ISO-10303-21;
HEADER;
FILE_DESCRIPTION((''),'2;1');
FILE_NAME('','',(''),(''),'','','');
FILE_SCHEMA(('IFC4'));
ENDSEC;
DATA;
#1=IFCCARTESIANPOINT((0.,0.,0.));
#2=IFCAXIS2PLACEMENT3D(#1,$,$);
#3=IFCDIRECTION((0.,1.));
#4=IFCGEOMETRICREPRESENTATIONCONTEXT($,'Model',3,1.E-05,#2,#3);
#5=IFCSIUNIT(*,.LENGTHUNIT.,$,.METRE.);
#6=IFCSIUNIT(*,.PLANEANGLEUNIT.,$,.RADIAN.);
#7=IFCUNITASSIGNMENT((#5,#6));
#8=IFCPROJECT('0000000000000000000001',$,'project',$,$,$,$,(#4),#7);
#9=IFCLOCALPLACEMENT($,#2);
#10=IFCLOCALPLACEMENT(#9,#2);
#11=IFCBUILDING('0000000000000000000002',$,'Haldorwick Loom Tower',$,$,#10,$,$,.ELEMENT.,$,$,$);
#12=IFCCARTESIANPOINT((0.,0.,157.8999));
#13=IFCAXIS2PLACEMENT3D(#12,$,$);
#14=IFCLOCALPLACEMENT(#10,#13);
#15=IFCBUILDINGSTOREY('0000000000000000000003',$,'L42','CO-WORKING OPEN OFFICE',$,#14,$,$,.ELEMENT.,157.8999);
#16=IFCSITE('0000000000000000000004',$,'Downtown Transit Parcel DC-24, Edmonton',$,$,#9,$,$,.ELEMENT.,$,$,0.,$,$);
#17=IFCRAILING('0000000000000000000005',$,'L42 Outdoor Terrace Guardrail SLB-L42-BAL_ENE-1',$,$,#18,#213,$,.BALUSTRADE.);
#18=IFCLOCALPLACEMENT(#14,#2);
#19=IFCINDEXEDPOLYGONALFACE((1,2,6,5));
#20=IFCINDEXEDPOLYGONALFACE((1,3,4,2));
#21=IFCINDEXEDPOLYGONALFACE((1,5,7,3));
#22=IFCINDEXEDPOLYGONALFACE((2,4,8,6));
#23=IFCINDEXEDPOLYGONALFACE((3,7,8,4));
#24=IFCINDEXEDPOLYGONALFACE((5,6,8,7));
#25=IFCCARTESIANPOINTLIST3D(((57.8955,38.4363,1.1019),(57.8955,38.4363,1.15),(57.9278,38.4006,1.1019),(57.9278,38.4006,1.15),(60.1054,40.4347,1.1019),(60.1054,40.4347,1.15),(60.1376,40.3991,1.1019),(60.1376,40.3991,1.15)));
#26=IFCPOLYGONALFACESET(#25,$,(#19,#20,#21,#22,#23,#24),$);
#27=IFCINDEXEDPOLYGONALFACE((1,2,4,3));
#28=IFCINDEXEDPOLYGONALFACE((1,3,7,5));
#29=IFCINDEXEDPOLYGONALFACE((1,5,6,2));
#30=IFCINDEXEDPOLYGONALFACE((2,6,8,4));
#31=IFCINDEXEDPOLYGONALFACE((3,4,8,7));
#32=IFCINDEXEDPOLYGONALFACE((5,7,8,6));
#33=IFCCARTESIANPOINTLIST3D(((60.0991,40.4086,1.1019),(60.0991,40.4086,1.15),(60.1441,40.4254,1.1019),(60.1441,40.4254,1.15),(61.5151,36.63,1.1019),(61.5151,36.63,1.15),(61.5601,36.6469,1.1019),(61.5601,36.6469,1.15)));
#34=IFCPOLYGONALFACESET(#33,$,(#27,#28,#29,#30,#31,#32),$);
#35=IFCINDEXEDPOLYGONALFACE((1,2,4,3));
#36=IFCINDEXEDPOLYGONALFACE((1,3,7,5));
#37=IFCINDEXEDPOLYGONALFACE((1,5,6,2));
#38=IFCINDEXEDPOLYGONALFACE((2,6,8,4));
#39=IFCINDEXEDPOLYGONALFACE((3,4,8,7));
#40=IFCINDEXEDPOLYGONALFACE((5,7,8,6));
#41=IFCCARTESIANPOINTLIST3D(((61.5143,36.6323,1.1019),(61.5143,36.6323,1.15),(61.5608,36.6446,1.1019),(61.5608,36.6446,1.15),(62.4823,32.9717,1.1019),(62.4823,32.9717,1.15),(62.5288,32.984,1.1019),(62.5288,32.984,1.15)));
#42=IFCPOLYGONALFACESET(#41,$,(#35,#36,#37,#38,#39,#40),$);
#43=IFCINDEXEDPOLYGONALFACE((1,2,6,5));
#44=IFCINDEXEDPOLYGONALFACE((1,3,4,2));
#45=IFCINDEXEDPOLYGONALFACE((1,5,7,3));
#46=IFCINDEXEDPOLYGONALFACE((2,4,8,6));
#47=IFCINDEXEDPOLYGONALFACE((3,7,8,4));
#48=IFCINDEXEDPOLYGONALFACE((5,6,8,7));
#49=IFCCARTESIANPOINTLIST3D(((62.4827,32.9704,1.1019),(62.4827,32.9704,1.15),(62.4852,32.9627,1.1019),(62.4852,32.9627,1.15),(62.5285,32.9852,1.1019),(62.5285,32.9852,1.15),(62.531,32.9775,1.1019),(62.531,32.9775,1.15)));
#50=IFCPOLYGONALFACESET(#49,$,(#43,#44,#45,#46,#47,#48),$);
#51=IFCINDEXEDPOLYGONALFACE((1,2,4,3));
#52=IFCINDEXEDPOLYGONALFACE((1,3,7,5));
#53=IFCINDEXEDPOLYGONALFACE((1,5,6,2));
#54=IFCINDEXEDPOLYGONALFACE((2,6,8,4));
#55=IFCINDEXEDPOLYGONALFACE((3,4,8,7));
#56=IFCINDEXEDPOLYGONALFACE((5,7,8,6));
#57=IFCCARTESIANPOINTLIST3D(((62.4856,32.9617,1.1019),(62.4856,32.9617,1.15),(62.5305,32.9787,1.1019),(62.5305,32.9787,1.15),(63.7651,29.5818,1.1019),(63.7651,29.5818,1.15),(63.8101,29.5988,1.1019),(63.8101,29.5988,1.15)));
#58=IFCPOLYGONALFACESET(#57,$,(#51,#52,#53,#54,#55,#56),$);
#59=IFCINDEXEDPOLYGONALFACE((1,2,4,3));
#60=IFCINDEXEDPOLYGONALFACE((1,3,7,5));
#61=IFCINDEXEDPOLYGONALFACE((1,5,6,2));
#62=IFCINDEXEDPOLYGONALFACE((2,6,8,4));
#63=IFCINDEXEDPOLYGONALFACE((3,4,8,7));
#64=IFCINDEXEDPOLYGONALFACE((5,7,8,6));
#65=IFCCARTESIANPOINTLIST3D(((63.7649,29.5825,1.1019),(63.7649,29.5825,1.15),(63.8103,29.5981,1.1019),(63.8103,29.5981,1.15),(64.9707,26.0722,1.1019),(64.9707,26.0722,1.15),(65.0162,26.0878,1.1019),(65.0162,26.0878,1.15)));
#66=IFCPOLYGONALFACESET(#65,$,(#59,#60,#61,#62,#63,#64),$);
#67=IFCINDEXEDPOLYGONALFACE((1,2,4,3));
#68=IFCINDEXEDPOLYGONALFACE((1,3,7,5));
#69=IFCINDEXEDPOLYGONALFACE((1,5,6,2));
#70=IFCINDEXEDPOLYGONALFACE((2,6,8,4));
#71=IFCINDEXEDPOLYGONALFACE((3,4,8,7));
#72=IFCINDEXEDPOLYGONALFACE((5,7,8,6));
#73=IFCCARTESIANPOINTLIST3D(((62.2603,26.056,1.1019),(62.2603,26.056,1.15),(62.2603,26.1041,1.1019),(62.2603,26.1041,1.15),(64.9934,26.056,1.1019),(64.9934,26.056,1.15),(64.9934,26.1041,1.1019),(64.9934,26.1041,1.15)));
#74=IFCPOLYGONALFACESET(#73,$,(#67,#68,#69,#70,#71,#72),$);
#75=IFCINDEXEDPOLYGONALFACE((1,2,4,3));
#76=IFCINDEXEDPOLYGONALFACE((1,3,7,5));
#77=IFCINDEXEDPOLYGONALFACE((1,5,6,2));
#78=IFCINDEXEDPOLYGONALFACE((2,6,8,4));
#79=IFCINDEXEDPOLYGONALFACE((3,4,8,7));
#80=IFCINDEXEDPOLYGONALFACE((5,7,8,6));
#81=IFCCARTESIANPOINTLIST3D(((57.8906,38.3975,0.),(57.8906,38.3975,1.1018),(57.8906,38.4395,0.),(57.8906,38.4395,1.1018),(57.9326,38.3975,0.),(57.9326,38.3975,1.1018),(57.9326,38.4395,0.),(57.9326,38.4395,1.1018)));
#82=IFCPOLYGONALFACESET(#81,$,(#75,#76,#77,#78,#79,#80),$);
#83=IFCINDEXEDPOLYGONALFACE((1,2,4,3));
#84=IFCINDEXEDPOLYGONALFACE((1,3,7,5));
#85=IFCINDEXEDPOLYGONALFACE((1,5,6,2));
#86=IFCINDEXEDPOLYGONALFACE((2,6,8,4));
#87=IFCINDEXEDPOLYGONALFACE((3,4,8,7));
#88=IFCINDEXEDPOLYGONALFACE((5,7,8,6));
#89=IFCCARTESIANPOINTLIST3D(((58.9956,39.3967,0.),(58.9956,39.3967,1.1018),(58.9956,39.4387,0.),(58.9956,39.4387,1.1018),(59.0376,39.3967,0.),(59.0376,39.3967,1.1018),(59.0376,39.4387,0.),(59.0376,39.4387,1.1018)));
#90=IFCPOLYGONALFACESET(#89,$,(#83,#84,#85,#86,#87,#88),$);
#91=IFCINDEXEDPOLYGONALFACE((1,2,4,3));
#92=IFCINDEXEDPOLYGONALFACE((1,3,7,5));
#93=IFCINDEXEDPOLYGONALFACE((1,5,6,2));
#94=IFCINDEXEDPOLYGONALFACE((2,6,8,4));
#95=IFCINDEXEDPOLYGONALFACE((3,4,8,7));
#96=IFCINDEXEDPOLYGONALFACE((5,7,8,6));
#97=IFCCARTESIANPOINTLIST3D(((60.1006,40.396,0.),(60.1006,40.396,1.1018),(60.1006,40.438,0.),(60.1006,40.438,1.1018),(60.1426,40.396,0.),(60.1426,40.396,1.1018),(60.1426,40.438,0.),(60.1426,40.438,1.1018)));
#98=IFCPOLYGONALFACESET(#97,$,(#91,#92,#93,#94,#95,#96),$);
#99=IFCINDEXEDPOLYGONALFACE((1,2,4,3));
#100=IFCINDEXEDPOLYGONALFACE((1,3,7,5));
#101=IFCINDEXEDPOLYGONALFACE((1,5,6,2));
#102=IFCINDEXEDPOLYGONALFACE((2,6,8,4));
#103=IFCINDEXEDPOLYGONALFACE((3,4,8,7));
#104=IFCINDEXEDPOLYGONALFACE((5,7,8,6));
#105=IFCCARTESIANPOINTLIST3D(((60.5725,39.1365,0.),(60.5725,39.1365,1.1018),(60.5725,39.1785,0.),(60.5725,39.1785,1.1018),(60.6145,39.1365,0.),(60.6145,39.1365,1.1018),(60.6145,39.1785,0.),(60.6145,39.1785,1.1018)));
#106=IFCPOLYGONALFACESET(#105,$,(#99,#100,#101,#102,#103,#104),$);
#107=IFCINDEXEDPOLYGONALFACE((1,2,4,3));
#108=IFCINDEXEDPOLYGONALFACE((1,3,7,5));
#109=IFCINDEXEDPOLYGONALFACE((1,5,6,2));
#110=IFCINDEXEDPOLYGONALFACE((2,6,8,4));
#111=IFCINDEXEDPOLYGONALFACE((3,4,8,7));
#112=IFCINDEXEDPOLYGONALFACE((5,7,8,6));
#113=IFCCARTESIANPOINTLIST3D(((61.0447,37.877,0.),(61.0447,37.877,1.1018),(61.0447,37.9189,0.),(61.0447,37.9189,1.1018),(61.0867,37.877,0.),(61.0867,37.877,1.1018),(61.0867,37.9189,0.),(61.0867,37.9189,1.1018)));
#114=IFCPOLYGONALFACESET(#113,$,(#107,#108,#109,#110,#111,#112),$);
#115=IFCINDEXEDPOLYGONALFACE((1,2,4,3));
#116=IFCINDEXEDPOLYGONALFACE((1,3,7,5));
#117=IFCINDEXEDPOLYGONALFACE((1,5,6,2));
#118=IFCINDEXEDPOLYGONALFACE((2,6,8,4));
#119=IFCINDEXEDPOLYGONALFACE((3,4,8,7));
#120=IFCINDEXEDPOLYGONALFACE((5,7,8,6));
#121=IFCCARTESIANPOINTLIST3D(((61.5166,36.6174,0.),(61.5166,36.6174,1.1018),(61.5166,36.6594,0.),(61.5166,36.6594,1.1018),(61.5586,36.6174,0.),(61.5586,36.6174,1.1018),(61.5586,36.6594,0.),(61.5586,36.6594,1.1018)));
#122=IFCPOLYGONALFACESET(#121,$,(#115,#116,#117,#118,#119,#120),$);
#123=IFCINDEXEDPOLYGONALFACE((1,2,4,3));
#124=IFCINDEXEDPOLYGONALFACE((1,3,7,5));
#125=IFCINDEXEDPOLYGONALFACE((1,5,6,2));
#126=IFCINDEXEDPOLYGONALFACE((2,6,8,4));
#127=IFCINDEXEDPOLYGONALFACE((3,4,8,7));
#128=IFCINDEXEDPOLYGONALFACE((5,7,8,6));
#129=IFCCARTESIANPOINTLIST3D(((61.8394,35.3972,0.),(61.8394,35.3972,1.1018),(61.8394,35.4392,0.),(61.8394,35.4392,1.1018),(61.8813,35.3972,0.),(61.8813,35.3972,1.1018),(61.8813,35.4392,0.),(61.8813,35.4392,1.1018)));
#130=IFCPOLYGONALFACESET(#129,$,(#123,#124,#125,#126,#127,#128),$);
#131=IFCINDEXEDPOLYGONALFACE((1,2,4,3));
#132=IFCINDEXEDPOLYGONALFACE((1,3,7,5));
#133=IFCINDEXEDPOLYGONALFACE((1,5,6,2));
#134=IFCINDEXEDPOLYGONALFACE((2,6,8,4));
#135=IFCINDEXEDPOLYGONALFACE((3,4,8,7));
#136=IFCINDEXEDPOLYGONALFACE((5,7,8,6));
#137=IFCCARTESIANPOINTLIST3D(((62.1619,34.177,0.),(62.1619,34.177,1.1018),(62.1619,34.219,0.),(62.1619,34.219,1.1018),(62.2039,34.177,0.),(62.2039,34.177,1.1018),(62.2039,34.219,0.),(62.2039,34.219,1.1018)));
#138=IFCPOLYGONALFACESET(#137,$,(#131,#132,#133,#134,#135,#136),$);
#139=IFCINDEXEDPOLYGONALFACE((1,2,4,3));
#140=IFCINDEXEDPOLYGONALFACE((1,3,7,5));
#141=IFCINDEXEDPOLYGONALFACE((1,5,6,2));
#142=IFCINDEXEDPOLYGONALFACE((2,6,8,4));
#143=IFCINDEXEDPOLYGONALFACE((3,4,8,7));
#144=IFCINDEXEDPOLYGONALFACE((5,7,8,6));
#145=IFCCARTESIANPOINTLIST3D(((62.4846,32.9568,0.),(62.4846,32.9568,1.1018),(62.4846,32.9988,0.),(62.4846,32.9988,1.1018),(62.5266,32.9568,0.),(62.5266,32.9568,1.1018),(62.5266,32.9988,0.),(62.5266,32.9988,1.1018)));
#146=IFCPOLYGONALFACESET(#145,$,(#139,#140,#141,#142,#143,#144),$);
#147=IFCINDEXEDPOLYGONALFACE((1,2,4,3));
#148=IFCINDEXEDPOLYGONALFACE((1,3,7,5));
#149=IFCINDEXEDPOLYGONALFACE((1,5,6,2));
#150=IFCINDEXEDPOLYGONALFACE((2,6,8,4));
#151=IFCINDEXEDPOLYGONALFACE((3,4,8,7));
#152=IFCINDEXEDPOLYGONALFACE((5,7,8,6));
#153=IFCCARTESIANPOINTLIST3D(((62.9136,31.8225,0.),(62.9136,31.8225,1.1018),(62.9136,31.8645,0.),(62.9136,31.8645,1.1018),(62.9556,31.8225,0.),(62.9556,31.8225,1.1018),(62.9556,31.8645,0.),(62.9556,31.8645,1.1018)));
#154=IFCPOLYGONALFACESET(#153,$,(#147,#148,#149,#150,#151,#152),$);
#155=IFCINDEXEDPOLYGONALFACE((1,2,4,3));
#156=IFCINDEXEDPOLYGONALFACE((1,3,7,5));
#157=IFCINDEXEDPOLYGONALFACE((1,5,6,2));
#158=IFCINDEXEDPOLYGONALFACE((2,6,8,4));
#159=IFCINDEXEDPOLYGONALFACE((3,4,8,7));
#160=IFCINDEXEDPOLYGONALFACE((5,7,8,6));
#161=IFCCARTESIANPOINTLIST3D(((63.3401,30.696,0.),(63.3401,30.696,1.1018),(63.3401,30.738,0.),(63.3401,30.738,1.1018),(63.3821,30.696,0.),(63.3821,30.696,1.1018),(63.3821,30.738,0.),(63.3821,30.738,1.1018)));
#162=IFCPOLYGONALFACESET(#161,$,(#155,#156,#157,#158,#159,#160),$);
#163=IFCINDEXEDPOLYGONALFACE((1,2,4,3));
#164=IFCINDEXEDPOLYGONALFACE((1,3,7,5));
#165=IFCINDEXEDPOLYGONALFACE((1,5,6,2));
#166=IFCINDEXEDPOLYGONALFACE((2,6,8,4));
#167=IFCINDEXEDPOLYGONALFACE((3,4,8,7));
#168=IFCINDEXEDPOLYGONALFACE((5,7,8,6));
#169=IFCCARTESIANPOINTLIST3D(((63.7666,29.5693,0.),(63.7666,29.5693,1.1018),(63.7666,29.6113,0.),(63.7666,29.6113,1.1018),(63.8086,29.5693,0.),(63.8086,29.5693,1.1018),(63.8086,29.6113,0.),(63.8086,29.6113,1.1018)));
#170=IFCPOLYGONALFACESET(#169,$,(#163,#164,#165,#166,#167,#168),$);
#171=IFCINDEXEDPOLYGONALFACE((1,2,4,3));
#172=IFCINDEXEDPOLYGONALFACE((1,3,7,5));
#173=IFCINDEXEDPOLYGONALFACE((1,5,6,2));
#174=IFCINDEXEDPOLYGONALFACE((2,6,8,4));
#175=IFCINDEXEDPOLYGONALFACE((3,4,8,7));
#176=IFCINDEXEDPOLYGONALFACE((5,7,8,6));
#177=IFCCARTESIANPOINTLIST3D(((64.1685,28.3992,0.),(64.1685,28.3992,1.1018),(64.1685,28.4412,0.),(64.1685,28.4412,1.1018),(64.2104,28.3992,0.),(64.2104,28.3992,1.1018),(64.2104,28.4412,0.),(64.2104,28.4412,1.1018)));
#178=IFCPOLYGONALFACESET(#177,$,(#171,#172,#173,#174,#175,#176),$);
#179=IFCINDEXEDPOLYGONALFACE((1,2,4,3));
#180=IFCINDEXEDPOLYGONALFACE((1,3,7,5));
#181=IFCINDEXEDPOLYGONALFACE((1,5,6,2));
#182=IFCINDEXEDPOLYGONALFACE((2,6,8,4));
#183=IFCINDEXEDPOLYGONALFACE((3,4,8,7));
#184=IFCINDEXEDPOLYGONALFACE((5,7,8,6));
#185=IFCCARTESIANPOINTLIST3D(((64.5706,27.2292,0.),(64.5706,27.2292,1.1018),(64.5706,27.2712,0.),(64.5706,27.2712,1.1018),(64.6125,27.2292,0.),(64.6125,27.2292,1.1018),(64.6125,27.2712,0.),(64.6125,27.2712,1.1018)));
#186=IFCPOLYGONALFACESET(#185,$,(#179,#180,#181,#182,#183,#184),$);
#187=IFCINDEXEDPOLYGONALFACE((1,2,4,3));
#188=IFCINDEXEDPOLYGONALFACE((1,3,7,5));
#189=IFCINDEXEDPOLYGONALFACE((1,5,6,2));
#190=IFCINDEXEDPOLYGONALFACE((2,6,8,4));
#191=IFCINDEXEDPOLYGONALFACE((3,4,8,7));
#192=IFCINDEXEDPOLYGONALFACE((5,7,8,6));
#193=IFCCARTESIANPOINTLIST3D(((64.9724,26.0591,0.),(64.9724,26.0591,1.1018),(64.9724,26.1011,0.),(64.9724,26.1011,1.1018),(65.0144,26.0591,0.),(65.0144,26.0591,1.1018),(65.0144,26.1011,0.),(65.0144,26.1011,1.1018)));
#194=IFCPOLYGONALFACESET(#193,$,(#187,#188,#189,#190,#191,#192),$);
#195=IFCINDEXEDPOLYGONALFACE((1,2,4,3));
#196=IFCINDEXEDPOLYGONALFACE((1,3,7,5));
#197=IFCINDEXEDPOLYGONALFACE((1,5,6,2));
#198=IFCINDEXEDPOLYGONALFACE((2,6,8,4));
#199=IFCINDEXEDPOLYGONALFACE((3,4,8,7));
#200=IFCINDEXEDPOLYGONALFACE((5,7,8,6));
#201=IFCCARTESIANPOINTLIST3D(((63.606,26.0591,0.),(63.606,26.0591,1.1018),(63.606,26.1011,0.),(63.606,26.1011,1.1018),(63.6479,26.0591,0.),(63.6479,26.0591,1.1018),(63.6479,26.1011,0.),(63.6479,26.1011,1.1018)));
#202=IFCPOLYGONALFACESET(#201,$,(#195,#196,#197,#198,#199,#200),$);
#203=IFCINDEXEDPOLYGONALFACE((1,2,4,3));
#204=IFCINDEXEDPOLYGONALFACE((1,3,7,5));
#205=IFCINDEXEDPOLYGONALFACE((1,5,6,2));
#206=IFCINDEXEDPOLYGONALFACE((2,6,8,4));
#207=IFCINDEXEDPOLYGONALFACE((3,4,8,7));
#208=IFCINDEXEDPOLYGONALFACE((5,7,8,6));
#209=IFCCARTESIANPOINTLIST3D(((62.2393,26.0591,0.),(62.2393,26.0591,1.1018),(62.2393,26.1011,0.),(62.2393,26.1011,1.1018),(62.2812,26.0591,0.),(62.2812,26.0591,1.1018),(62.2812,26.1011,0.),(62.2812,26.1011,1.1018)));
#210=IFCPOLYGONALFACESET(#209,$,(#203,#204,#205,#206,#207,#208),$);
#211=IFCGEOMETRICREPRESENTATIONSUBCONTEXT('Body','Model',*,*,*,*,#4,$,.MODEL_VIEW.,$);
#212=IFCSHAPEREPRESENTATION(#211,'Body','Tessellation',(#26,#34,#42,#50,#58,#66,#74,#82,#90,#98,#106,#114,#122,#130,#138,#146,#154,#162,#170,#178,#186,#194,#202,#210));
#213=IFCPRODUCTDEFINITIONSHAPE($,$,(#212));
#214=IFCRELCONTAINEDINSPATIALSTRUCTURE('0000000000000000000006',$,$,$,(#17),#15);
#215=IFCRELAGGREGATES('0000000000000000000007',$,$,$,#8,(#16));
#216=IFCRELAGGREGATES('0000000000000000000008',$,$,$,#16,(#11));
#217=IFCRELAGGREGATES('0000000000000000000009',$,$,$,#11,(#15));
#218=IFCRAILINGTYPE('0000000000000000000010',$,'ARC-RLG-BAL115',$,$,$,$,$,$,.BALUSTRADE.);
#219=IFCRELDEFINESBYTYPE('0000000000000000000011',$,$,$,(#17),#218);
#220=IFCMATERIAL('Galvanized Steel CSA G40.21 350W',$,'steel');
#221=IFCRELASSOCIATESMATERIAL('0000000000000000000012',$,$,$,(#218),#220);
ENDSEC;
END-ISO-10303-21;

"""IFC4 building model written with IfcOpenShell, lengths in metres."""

from ifc_helpers import new_model, si_unit, direction, frame, origin, origin_2d, place, context, subcontext, project, spatial, rectangle, extrude, material, type_object, element, save


model = new_model("IFC4")

# Units and contexts
model_context = context("Model", 3, precision=1e-05, world=origin(), true_north=direction((0.0, 1.0)))
body_context = subcontext(model_context, "Body", "Model", "MODEL_VIEW")
ifc_project = project(units=[si_unit("LENGTHUNIT", "METRE"), si_unit("PLANEANGLEUNIT", "RADIAN")], contexts=[model_context])

# Site, building, storey
site_placement = place(None, origin())
site = spatial("IfcSite", under=ifc_project, at=site_placement, Name="Downtown Transit Parcel DC-24, Edmonton", CompositionType="ELEMENT", RefElevation=0.0)
building_placement = place(site_placement, origin())
building = spatial("IfcBuilding", under=site, at=building_placement, Name="Haldorwick Loom Tower", CompositionType="ELEMENT")
storey_placement = place(building_placement, frame((0.0, 0.0, 157.8999)))
storey = spatial("IfcBuildingStorey", under=building, at=storey_placement, Name="L42", Description="CO-WORKING OPEN OFFICE", CompositionType="ELEMENT", Elevation=157.8999)

# Railing
ifc_material_1 = material(Name="Galvanized Steel CSA G40.21 350W", Category="steel")
railing_type_1 = type_object("IfcRailingType", Name="ARC-RLG-BAL115", PredefinedType="BALUSTRADE", material=ifc_material_1)
railing_1_placement = place(storey_placement, frame((57.9116, 38.4185, 0.0)))
element("IfcRailing", 1, at=railing_1_placement, inside=storey, type_object=railing_type_1, Name="L42 Outdoor Terrace Guardrail SLB-L42-BAL_ENE-1", PredefinedType="BALUSTRADE", context=body_context, shape_type="SweptSolid", body=[
    extrude(rectangle(XDim=0.0481, YDim=0.0481, at=origin_2d()), frame((0.0, 0.0, 1.126), z_axis=(0.741695, 0.670737, 0.0), x_axis=(-0.670737, 0.741695, 0.0)), (0.0, 0.0, 1.0), 2.9795),
    extrude(rectangle(XDim=0.0481, YDim=0.0481, at=origin_2d()), frame((2.21, 1.9985, 1.126), z_axis=(0.350918, -0.936406, 0.0), x_axis=(0.936406, 0.350918, 0.0)), (0.0, 0.0, 1.0), 4.0352),
    extrude(rectangle(XDim=0.0481, YDim=0.0481, at=origin_2d()), frame((3.626, -1.78, 1.126), z_axis=(0.255652, -0.966769, 0.0), x_axis=(0.966769, 0.255652, 0.0)), (0.0, 0.0, 1.0), 3.7864),
    extrude(rectangle(XDim=0.0481, YDim=0.0481, at=origin_2d()), frame((4.594, -5.4407, 1.126), z_axis=(0.307003, -0.951709, 0.0), x_axis=(0.951709, 0.307003, 0.0)), (0.0, 0.0, 1.0), 0.0081),
    extrude(rectangle(XDim=0.0481, YDim=0.0481, at=origin_2d()), frame((4.5964, -5.4482, 1.126), z_axis=(0.354053, -0.935225, 0.0), x_axis=(0.935225, 0.354053, 0.0)), (0.0, 0.0, 1.0), 3.614),
    extrude(rectangle(XDim=0.0481, YDim=0.0481, at=origin_2d()), frame((5.876, -8.8281, 1.126), z_axis=(0.324878, -0.945756, 0.0), x_axis=(0.945756, 0.324878, 0.0)), (0.0, 0.0, 1.0), 3.7117),
    extrude(rectangle(XDim=0.0481, YDim=0.0481, at=origin_2d()), frame((7.0818, -12.3384, 1.126), z_axis=(-1.0, 0.0, 0.0), x_axis=(0.0, -1.0, 0.0)), (0.0, 0.0, 1.0), 2.7332),
    extrude(rectangle(XDim=0.042, YDim=0.042, at=origin_2d()), origin(), (0.0, 0.0, 1.0), 1.1018),
    extrude(rectangle(XDim=0.042, YDim=0.042, at=origin_2d()), frame((1.105, 0.9993, 0.0)), (0.0, 0.0, 1.0), 1.1018),
    extrude(rectangle(XDim=0.042, YDim=0.042, at=origin_2d()), frame((2.21, 1.9985, 0.0)), (0.0, 0.0, 1.0), 1.1018),
    extrude(rectangle(XDim=0.042, YDim=0.042, at=origin_2d()), frame((2.6819, 0.739, 0.0)), (0.0, 0.0, 1.0), 1.1018),
    extrude(rectangle(XDim=0.042, YDim=0.042, at=origin_2d()), frame((3.1541, -0.5205, 0.0)), (0.0, 0.0, 1.0), 1.1018),
    extrude(rectangle(XDim=0.042, YDim=0.042, at=origin_2d()), frame((3.626, -1.78, 0.0)), (0.0, 0.0, 1.0), 1.1018),
    extrude(rectangle(XDim=0.042, YDim=0.042, at=origin_2d()), frame((3.9487, -3.0002, 0.0)), (0.0, 0.0, 1.0), 1.1018),
    extrude(rectangle(XDim=0.042, YDim=0.042, at=origin_2d()), frame((4.2712, -4.2205, 0.0)), (0.0, 0.0, 1.0), 1.1018),
    extrude(rectangle(XDim=0.042, YDim=0.042, at=origin_2d()), frame((4.594, -5.4407, 0.0)), (0.0, 0.0, 1.0), 1.1018),
    extrude(rectangle(XDim=0.042, YDim=0.042, at=origin_2d()), frame((5.0229, -6.575, 0.0)), (0.0, 0.0, 1.0), 1.1018),
    extrude(rectangle(XDim=0.042, YDim=0.042, at=origin_2d()), frame((5.4495, -7.7014, 0.0)), (0.0, 0.0, 1.0), 1.1018),
    extrude(rectangle(XDim=0.042, YDim=0.042, at=origin_2d()), frame((5.876, -8.8281, 0.0)), (0.0, 0.0, 1.0), 1.1018),
    extrude(rectangle(XDim=0.042, YDim=0.042, at=origin_2d()), frame((6.2778, -9.9983, 0.0)), (0.0, 0.0, 1.0), 1.1018),
    extrude(rectangle(XDim=0.042, YDim=0.042, at=origin_2d()), frame((6.6799, -11.1682, 0.0)), (0.0, 0.0, 1.0), 1.1018),
    extrude(rectangle(XDim=0.042, YDim=0.042, at=origin_2d()), frame((7.0818, -12.3384, 0.0)), (0.0, 0.0, 1.0), 1.1018),
    extrude(rectangle(XDim=0.042, YDim=0.042, at=origin_2d()), frame((5.7153, -12.3384, 0.0)), (0.0, 0.0, 1.0), 1.1018),
    extrude(rectangle(XDim=0.042, YDim=0.042, at=origin_2d()), frame((4.3486, -12.3384, 0.0)), (0.0, 0.0, 1.0), 1.1018),
])

save(model, "model.ifc")
